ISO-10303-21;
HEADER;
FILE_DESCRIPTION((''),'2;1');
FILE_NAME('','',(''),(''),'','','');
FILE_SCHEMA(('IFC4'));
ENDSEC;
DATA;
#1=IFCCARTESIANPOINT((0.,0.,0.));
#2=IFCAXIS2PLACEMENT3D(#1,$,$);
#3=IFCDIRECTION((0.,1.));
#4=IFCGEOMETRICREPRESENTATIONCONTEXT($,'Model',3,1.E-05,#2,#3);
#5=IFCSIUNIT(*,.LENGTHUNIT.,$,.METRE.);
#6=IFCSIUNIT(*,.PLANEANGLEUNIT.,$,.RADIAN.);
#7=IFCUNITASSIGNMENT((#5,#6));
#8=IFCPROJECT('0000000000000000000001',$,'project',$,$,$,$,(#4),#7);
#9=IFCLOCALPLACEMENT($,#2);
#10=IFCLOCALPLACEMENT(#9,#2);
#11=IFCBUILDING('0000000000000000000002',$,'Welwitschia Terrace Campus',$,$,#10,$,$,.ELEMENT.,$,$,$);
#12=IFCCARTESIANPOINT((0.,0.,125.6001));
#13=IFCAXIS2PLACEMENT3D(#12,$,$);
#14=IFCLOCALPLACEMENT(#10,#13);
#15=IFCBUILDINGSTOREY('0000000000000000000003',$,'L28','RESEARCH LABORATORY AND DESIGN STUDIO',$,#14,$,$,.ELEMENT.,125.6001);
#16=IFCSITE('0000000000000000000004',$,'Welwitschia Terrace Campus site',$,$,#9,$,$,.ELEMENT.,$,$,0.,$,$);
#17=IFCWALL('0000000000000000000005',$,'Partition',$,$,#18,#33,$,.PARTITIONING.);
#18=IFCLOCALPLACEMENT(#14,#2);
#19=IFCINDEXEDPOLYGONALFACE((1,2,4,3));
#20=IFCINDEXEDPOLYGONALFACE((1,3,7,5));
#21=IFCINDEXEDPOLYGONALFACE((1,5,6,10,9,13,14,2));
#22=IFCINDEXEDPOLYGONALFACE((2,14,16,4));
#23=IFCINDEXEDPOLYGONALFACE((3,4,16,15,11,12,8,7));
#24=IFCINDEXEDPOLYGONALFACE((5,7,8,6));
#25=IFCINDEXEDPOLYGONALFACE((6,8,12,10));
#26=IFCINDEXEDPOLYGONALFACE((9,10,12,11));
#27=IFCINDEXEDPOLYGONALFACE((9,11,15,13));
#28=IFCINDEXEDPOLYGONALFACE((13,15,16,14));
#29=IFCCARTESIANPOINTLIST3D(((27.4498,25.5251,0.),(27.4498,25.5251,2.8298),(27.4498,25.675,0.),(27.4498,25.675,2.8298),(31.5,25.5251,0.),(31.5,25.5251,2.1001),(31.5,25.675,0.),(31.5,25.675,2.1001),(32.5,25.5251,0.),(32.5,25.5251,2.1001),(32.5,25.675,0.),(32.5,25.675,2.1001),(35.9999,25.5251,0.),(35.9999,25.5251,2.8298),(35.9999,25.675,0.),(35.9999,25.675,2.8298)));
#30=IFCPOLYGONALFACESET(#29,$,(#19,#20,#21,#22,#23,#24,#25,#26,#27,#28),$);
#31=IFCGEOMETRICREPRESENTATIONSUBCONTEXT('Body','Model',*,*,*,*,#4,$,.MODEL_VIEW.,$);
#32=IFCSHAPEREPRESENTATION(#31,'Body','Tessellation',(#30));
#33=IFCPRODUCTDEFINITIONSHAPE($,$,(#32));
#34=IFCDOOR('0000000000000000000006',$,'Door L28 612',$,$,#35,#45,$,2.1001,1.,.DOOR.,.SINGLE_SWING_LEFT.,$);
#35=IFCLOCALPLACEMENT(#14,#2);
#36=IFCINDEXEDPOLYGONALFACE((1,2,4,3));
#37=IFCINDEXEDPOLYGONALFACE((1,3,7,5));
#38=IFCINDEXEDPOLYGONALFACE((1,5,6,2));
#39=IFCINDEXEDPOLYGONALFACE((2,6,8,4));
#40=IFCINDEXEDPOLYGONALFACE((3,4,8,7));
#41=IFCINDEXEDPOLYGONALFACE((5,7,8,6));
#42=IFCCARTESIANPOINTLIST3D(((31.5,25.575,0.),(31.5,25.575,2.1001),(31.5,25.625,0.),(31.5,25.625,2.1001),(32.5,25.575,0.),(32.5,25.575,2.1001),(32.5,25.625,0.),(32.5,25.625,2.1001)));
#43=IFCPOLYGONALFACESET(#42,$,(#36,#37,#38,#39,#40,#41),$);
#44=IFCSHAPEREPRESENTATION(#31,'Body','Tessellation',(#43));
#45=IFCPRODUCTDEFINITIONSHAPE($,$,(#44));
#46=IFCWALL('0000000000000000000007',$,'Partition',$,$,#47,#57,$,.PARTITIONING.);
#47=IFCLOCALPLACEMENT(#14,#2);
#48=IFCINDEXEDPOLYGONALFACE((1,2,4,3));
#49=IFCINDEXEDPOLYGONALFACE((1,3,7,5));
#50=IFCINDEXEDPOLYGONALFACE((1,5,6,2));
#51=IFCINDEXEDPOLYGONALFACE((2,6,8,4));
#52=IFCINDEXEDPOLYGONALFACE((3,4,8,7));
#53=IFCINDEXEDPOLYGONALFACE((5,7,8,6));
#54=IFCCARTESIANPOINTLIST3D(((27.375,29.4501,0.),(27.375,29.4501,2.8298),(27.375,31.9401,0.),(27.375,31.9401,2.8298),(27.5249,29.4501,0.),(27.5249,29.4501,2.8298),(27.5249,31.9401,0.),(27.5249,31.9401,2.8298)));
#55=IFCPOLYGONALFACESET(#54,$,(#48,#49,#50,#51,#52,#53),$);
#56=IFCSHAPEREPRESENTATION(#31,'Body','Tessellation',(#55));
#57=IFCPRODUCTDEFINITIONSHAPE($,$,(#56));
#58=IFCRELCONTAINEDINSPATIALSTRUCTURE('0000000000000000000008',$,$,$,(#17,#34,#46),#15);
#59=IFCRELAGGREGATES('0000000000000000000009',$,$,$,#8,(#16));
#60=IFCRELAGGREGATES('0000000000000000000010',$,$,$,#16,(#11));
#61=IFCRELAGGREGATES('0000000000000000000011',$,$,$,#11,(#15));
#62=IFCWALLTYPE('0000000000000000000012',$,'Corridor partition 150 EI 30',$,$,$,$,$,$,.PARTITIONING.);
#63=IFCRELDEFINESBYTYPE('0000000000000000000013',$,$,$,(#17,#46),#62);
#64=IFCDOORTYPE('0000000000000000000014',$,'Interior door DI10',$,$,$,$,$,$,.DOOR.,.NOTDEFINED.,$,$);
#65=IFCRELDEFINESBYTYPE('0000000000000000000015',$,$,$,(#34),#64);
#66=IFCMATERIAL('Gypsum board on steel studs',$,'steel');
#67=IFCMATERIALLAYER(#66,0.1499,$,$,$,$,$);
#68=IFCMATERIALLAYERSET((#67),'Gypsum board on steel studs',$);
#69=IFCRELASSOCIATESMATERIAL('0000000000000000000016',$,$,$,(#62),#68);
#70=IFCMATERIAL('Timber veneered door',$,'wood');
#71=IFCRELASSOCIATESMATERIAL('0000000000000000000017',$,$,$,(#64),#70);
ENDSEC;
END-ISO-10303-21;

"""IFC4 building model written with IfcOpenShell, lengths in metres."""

from ifc_helpers import new_model, si_unit, direction, frame, frame_2d, origin, place, context, subcontext, project, spatial, rectangle, extrude, material, layer, layer_set, type_object, element, fill, save


model = new_model("IFC4")

# Units and contexts
model_context = context("Model", 3, precision=1e-05, world=origin(), true_north=direction((0.0, 1.0)))
body_context = subcontext(model_context, "Body", "Model", "MODEL_VIEW")
ifc_project = project(units=[si_unit("LENGTHUNIT", "METRE"), si_unit("PLANEANGLEUNIT", "RADIAN")], contexts=[model_context])

# Site, building, storey
site_placement = place(None, origin())
site = spatial("IfcSite", under=ifc_project, at=site_placement, Name="Welwitschia Terrace Campus site", CompositionType="ELEMENT", RefElevation=0.0)
building_placement = place(site_placement, origin())
building = spatial("IfcBuilding", under=site, at=building_placement, Name="Welwitschia Terrace Campus", CompositionType="ELEMENT")
storey_placement = place(building_placement, frame((0.0, 0.0, 125.6001)))
storey = spatial("IfcBuildingStorey", under=building, at=storey_placement, Name="L28", Description="RESEARCH LABORATORY AND DESIGN STUDIO", CompositionType="ELEMENT", Elevation=125.6001)

# Shared definitions
ifc_material_1 = material(Name="Gypsum board on steel studs", Category="steel")
ifc_layer_1 = layer(ifc_material_1, 0.1499)
ifc_layer_set_1 = layer_set([ifc_layer_1], Name="Gypsum board on steel studs")
wall_type_1 = type_object("IfcWallType", Name="Corridor partition 150 EI 30", PredefinedType="PARTITIONING", material=ifc_layer_set_1)

# Wall, opening, door
wall_1_placement = place(storey_placement, frame((27.45, 25.6001, 0.0), z_axis=(0.0, 0.0, 1.0), x_axis=(1.0, 0.0, 0.0)))
wall_1 = element("IfcWall", 1, at=wall_1_placement, inside=storey, type_object=wall_type_1, Name="Partition", PredefinedType="PARTITIONING", context=body_context, shape_type="SweptSolid", body=[
    extrude(rectangle(XDim=8.55, YDim=0.1499, at=frame_2d((4.2749, 0.0))), origin(), (0.0, 0.0, 1.0), 2.8298),
])
opening_1_placement = place(wall_1_placement, frame((4.05, 0.0, 0.0)))
opening_1 = element("IfcOpeningElement", 2, at=opening_1_placement, cuts=wall_1, PredefinedType="OPENING", context=body_context, shape_type="SweptSolid", body=[
    extrude(rectangle(XDim=1.0, YDim=2.1001, at=frame_2d((0.5, 1.05))), frame((0.0, 0.085, 0.0), z_axis=(0.0, -1.0, 0.0), x_axis=(1.0, 0.0, 0.0)), (0.0, 0.0, 1.0), 0.1699),
])
ifc_material_2 = material(Name="Timber veneered door", Category="wood")
door_type_1 = type_object("IfcDoorType", Name="Interior door DI10", OperationType="NOTDEFINED", PredefinedType="DOOR", material=ifc_material_2)
door_1_placement = place(opening_1_placement, origin())
door_1 = element("IfcDoor", 3, at=door_1_placement, inside=storey, type_object=door_type_1, Name="Door L28 612", OperationType="SINGLE_SWING_LEFT", OverallHeight=2.1001, OverallWidth=1.0, PredefinedType="DOOR", context=body_context, shape_type="SweptSolid", body=[
    extrude(rectangle(XDim=1.0, YDim=2.1001, at=frame_2d((0.5, 1.05))), frame((0.0, 0.0249, 0.0), z_axis=(0.0, -1.0, 0.0), x_axis=(1.0, 0.0, 0.0)), (0.0, 0.0, 1.0), 0.05),
])
fill(opening_1, door_1)

# Wall
wall_2_placement = place(storey_placement, frame((27.45, 29.45, 0.0), z_axis=(0.0, 0.0, 1.0), x_axis=(0.0, 1.0, 0.0)))
element("IfcWall", 4, at=wall_2_placement, inside=storey, type_object=wall_type_1, Name="Partition", PredefinedType="PARTITIONING", context=body_context, shape_type="SweptSolid", body=[
    extrude(rectangle(XDim=2.49, YDim=0.1499, at=frame_2d((1.2451, 0.0))), origin(), (0.0, 0.0, 1.0), 2.8298),
])

save(model, "model.ifc")
